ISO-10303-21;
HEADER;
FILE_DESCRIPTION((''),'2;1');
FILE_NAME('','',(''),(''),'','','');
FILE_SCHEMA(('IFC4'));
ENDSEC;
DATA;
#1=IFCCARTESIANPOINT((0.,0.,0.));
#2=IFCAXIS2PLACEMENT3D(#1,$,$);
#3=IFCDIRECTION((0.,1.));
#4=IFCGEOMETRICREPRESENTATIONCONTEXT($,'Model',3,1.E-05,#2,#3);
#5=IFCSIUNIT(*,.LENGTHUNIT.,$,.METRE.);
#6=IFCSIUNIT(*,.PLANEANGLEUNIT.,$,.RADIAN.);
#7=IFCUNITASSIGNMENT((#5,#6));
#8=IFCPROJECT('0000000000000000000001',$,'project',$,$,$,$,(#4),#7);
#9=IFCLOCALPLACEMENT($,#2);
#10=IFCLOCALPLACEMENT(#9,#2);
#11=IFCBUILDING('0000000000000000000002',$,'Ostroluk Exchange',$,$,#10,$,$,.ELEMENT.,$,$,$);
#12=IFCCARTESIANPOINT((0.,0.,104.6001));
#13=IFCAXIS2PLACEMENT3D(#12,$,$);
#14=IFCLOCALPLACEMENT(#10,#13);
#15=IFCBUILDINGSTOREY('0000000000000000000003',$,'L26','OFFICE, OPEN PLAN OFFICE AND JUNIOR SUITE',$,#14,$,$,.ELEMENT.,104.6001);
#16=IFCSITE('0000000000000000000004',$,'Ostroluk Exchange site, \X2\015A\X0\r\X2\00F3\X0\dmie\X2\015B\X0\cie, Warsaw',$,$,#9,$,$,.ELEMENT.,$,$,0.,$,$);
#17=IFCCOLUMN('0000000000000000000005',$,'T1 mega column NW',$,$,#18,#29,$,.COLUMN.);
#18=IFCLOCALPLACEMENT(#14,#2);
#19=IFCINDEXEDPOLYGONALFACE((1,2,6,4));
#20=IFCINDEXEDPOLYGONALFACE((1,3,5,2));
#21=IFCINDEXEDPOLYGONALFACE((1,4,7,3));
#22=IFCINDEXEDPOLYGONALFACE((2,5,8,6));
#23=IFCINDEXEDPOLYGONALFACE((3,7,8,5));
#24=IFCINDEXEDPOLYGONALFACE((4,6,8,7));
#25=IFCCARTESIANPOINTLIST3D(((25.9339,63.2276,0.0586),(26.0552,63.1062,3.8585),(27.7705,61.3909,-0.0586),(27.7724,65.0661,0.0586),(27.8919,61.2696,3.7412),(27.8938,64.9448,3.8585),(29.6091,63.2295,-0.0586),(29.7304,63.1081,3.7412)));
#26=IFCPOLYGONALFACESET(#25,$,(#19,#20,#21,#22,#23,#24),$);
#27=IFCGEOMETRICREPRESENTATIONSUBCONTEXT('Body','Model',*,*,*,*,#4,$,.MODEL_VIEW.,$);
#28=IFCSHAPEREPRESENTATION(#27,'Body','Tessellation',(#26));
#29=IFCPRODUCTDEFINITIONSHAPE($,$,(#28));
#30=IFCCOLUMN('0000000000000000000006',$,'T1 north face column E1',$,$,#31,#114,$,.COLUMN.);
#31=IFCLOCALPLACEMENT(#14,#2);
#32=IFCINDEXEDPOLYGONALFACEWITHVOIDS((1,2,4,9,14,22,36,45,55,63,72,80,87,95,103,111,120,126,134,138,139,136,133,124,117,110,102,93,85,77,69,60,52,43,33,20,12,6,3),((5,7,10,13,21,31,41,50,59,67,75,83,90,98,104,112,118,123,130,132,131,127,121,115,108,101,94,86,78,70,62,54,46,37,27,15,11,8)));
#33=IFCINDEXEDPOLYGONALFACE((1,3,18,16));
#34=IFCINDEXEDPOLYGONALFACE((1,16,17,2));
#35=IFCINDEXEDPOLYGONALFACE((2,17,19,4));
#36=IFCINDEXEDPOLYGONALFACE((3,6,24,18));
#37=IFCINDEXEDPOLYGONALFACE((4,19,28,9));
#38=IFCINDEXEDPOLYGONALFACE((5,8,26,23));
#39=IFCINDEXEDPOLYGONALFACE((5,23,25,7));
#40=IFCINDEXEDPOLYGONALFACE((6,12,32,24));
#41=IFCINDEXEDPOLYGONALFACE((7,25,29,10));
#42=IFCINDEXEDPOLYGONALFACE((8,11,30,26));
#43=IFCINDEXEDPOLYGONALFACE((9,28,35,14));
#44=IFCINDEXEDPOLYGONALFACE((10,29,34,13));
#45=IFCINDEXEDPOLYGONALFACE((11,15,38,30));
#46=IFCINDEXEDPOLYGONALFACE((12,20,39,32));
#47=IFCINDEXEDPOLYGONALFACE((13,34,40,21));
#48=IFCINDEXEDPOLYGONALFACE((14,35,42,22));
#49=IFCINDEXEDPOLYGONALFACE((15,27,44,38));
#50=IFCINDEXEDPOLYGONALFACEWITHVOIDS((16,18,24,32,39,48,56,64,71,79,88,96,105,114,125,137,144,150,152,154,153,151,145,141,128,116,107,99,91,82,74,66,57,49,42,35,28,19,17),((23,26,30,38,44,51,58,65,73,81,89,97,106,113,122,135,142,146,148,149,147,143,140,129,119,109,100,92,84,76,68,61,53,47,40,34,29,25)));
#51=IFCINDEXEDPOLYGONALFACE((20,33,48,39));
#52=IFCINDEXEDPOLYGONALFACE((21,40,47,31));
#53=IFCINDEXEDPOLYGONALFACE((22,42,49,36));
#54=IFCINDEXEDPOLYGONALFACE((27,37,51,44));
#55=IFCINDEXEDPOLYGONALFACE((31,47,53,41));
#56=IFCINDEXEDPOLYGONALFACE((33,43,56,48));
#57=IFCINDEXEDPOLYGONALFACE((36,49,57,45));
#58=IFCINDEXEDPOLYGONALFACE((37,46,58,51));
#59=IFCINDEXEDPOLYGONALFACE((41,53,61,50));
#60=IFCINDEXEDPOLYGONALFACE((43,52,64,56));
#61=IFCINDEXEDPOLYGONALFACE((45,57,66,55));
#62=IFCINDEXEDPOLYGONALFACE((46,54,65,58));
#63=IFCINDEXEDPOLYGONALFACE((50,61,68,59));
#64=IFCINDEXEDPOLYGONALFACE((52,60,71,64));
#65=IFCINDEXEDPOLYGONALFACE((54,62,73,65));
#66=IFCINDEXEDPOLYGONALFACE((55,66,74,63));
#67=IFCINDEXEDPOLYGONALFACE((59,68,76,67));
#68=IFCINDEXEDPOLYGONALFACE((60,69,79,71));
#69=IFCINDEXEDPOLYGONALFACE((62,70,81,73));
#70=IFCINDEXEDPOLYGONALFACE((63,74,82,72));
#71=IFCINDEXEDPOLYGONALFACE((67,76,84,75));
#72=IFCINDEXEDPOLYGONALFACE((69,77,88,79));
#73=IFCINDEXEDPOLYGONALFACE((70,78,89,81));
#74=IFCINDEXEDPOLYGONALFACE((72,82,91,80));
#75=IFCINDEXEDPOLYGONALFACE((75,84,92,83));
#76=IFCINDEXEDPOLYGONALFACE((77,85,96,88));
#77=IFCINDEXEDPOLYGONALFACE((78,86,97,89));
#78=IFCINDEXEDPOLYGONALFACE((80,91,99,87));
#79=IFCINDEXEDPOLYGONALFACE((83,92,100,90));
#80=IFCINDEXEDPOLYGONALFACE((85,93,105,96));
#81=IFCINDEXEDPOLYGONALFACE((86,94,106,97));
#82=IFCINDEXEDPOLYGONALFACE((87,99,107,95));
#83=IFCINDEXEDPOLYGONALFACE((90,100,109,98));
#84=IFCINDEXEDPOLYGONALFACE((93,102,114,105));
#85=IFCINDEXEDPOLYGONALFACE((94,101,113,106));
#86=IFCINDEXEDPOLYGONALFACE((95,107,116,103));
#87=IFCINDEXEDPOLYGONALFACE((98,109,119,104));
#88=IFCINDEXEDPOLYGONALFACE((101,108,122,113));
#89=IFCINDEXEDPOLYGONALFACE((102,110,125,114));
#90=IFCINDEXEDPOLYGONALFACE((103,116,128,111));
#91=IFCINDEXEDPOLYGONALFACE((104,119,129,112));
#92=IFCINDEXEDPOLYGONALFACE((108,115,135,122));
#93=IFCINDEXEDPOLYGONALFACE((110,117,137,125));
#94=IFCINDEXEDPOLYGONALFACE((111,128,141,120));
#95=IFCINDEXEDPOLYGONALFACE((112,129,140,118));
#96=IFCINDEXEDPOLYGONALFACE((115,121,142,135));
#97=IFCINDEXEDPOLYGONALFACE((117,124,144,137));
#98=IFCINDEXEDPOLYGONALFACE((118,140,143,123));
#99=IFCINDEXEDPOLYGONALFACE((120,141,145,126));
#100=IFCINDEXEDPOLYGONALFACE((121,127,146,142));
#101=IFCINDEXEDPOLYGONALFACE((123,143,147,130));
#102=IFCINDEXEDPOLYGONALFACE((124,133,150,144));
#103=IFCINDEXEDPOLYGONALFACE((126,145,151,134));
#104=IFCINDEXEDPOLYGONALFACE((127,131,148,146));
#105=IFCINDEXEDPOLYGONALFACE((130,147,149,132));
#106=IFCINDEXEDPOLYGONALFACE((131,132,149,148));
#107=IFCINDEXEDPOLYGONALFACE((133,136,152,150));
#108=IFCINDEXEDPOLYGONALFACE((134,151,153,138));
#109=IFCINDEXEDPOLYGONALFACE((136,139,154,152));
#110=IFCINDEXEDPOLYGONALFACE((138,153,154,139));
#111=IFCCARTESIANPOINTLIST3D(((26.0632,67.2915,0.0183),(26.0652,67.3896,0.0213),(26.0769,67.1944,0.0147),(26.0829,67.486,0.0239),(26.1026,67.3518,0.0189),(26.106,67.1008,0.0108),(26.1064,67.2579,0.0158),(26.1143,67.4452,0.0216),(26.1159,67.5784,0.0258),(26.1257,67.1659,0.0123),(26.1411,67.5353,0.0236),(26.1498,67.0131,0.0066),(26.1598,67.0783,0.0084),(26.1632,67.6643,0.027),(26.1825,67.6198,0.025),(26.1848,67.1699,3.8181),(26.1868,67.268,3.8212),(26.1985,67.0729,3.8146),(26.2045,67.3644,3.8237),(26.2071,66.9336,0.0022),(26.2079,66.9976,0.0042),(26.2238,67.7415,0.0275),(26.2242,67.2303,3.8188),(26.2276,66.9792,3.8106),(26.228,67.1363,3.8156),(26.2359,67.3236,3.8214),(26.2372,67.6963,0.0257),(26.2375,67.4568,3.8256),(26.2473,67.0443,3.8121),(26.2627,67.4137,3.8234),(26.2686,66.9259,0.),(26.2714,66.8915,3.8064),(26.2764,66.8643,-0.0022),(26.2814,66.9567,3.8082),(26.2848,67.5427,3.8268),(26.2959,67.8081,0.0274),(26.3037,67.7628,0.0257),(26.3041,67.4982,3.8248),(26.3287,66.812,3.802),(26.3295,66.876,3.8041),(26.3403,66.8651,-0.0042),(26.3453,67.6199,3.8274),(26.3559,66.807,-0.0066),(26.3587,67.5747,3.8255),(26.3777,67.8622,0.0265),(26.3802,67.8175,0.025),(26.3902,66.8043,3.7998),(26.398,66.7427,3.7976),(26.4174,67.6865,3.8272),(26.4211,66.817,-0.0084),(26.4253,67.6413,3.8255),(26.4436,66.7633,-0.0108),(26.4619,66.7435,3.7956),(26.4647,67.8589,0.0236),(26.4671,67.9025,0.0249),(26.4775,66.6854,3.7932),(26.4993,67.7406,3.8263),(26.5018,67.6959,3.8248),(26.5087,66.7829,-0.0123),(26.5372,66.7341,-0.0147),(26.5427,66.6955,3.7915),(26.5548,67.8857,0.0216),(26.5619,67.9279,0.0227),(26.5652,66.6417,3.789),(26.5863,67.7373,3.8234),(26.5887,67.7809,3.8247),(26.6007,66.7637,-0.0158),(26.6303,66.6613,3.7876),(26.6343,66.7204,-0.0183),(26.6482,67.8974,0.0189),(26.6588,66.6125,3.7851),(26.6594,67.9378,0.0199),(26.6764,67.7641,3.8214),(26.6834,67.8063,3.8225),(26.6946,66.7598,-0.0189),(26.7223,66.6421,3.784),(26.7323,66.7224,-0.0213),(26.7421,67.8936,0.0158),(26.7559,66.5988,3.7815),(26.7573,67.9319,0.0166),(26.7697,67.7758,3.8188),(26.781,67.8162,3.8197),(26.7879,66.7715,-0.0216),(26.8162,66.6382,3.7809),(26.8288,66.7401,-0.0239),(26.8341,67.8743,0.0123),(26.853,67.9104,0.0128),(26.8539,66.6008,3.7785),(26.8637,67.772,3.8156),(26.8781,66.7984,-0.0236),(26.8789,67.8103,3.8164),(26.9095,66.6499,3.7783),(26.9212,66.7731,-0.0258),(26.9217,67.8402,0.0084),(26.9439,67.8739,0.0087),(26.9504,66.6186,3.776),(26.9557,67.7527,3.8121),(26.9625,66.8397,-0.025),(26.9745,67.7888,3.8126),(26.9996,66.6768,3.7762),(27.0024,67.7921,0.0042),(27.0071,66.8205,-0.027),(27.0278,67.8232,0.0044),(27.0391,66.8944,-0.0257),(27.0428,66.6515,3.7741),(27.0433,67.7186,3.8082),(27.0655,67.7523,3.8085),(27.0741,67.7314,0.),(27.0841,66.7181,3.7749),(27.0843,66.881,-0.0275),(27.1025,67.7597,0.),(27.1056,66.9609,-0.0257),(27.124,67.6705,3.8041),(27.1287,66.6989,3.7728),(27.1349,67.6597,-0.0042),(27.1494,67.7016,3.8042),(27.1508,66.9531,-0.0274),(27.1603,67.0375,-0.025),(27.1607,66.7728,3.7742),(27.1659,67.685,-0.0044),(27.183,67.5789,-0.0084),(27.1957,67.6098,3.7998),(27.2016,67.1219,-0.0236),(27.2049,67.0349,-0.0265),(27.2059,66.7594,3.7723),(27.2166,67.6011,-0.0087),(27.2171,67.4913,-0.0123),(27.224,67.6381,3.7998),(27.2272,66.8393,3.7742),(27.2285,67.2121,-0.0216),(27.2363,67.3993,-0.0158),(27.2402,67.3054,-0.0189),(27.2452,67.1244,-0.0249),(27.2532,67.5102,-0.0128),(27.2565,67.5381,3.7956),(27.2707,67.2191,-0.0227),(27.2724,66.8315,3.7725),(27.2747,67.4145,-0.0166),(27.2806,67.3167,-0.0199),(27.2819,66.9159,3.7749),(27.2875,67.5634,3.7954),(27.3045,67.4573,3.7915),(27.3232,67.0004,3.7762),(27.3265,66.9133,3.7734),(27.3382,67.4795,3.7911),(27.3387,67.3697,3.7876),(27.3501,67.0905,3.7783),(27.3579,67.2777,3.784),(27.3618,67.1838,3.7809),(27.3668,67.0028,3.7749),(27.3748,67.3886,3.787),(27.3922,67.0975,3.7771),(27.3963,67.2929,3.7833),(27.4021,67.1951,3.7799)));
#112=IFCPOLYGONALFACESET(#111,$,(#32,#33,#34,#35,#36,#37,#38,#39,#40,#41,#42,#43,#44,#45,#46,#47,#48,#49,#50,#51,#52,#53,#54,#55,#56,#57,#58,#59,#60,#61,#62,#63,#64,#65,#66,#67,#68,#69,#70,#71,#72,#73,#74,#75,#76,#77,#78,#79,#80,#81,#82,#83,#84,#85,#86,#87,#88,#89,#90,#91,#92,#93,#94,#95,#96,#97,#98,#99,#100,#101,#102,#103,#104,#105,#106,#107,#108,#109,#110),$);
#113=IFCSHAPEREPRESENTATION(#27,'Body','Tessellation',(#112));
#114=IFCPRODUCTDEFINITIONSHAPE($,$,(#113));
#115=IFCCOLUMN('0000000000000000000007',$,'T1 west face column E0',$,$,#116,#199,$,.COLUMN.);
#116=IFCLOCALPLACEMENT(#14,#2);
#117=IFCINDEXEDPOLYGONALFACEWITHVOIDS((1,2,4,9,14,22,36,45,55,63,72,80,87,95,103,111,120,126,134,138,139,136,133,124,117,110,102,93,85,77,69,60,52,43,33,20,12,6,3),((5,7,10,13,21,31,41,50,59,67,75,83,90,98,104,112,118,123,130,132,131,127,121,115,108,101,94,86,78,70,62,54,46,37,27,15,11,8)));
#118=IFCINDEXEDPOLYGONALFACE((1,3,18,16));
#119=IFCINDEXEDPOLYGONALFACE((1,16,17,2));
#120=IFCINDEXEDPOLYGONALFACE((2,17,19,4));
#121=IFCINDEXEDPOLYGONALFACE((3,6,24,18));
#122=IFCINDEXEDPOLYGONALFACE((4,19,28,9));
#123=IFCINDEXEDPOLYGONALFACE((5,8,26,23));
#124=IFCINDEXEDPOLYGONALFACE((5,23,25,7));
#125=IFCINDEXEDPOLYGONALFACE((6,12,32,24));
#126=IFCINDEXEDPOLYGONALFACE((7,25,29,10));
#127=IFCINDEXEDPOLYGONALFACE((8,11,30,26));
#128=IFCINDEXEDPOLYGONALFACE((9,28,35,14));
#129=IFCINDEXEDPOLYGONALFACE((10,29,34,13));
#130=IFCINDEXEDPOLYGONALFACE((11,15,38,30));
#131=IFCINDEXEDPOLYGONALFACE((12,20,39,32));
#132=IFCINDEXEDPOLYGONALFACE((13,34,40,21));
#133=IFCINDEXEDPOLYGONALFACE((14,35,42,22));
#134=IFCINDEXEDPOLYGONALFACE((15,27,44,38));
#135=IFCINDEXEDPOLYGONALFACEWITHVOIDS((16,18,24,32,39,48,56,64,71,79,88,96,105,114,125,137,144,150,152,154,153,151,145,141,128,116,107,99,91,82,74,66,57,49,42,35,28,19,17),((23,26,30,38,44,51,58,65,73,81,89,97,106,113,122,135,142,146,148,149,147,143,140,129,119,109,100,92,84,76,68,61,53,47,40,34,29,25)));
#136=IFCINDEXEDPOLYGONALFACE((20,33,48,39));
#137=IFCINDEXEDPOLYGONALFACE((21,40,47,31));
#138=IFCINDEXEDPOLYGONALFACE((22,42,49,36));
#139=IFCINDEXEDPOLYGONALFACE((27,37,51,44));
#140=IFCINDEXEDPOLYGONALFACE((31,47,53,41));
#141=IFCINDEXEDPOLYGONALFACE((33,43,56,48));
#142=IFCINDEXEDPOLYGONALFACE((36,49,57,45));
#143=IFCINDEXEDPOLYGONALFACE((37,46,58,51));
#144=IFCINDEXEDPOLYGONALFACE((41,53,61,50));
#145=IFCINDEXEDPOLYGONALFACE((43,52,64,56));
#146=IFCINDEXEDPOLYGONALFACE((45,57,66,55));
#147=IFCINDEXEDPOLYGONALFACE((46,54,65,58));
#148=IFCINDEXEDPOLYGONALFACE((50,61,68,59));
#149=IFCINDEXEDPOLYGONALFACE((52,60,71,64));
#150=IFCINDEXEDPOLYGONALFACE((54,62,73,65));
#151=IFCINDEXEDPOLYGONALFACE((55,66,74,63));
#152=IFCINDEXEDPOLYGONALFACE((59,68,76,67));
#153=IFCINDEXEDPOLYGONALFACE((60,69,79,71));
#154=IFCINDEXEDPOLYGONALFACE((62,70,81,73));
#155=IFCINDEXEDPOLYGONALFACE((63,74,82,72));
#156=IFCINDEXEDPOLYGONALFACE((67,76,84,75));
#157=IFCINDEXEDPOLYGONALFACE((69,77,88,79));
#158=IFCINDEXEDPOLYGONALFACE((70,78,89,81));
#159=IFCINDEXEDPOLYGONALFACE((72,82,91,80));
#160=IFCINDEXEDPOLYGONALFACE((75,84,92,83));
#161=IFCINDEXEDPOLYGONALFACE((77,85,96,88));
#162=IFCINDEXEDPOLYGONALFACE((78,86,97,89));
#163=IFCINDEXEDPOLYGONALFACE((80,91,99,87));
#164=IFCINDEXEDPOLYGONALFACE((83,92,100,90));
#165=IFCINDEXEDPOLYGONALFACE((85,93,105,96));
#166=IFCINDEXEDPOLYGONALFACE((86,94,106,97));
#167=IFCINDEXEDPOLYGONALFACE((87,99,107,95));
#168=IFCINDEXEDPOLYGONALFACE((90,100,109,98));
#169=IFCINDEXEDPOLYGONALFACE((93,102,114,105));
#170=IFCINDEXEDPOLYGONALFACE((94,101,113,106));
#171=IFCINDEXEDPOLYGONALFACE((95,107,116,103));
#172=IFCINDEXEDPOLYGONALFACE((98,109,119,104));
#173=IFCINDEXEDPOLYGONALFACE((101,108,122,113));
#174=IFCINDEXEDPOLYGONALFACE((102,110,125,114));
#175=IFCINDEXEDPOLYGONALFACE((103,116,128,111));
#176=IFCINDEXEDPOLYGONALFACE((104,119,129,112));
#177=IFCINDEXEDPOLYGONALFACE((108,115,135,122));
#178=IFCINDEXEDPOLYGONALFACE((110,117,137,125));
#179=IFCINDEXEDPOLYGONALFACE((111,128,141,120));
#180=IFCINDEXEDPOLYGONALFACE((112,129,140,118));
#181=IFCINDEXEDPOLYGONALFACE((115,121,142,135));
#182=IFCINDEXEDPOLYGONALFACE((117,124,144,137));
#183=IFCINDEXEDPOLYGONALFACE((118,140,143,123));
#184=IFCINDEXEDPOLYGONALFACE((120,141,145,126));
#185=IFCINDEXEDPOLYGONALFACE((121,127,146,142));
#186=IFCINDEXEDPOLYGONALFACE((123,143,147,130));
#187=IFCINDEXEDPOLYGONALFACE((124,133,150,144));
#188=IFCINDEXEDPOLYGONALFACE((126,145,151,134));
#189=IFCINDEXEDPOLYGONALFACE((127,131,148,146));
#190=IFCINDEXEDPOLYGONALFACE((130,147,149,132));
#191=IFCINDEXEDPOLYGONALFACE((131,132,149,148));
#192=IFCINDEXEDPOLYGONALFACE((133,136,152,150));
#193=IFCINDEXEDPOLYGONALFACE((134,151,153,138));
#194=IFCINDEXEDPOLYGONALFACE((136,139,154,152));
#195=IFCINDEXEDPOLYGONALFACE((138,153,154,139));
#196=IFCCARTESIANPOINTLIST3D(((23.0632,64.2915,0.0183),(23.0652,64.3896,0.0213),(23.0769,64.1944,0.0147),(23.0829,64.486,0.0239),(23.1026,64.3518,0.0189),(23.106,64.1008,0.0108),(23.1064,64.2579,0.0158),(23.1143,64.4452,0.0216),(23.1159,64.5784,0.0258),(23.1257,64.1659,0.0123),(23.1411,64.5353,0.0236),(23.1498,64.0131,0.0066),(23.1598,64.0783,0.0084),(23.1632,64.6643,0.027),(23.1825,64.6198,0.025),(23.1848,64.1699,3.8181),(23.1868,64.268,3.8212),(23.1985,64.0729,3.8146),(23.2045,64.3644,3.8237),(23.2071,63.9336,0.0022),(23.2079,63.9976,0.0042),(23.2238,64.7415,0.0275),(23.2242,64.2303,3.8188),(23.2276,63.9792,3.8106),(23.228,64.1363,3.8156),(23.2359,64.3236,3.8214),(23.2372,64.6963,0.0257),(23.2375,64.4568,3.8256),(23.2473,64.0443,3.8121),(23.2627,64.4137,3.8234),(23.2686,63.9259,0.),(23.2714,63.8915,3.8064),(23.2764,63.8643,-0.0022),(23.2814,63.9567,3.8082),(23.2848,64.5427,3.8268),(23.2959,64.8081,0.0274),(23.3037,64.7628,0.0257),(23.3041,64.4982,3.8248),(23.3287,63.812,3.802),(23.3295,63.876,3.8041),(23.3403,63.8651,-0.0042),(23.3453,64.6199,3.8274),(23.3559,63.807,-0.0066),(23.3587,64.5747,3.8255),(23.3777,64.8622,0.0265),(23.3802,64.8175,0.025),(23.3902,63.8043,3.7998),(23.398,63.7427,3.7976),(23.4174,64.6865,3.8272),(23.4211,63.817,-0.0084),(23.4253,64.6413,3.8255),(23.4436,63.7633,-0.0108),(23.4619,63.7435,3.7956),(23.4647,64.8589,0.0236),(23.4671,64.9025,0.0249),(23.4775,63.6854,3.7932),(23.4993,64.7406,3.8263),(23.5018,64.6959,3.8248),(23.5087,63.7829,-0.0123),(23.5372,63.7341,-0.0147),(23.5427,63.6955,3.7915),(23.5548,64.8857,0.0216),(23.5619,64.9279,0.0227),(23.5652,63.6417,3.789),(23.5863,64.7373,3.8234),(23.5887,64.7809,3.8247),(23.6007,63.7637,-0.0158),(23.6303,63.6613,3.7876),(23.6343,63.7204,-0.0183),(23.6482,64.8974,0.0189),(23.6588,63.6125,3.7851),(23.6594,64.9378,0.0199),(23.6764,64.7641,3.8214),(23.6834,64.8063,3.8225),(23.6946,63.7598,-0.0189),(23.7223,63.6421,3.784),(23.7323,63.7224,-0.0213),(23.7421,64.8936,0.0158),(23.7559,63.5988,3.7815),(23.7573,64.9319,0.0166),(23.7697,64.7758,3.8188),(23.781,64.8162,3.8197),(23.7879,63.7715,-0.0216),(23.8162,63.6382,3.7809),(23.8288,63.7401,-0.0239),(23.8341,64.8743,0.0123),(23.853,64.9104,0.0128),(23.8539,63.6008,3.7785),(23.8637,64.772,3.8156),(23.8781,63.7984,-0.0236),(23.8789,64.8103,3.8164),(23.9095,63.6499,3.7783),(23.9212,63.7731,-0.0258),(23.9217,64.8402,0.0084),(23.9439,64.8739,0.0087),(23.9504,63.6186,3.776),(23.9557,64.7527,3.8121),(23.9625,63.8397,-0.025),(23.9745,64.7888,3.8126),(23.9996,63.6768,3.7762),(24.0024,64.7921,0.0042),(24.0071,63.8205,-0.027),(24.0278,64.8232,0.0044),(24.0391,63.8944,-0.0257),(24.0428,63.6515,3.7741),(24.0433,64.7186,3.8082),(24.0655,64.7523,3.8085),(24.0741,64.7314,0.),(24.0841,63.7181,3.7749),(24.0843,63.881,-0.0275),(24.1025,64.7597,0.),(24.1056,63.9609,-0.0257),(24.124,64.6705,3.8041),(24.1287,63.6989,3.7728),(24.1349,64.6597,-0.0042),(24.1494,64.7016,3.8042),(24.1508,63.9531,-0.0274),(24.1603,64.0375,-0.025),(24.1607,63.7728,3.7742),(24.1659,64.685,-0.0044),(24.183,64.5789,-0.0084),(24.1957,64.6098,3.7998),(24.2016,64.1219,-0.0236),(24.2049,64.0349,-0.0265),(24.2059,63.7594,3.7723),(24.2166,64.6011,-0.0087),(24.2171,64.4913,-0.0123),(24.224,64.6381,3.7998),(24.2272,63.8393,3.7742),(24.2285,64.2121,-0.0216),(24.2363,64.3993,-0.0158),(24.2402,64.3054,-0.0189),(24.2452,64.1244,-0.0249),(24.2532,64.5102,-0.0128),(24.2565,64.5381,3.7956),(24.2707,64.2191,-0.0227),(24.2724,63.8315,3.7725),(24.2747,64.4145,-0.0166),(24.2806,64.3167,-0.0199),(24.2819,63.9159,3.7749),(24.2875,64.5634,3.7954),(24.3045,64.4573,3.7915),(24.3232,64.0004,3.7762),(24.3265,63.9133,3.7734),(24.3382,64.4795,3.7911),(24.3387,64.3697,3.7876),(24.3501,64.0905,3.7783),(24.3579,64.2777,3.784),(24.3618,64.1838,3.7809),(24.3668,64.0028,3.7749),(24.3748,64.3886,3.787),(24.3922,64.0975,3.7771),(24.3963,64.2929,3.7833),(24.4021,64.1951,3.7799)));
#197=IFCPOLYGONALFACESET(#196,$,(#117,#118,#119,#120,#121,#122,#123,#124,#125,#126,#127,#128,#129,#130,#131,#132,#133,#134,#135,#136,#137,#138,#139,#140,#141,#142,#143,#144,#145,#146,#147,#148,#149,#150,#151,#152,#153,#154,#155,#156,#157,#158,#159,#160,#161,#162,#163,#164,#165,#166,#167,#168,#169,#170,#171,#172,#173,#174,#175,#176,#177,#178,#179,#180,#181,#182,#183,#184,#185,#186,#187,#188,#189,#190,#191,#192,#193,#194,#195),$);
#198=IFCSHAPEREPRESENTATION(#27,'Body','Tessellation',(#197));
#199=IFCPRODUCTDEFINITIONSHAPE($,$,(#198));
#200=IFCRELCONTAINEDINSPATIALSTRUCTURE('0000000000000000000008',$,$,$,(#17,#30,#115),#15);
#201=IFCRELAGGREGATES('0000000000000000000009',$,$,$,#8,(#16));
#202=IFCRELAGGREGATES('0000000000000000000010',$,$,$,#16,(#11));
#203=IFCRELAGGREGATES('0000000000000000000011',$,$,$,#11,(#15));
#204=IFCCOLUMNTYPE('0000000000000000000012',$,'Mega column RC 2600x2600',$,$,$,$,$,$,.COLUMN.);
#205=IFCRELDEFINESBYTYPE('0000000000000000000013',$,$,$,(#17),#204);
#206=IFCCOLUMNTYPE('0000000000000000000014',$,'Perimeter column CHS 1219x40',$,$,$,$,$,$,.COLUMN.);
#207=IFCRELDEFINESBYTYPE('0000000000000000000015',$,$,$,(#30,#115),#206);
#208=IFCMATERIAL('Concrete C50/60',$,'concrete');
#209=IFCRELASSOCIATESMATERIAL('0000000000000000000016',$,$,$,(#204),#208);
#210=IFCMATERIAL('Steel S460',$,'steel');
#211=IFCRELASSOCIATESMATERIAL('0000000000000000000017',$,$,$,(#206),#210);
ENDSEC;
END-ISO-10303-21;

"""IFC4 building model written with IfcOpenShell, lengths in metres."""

from ifc_helpers import new_model, si_unit, direction, frame, origin, origin_2d, place, context, subcontext, project, spatial, rectangle, hollow_circle, extrude, material, material_profile, profile_set, type_object, element, save


model = new_model("IFC4")

# Units and contexts
model_context = context("Model", 3, precision=1e-05, world=origin(), true_north=direction((0.0, 1.0)))
body_context = subcontext(model_context, "Body", "Model", "MODEL_VIEW")
ifc_project = project(units=[si_unit("LENGTHUNIT", "METRE"), si_unit("PLANEANGLEUNIT", "RADIAN")], contexts=[model_context])

# Site, building, storey
site_placement = place(None, origin())
site = spatial("IfcSite", under=ifc_project, at=site_placement, Name="Ostroluk Exchange site, Śródmieście, Warsaw", CompositionType="ELEMENT", RefElevation=0.0)
building_placement = place(site_placement, origin())
building = spatial("IfcBuilding", under=site, at=building_placement, Name="Ostroluk Exchange", CompositionType="ELEMENT")
storey_placement = place(building_placement, frame((0.0, 0.0, 104.6001)))
storey = spatial("IfcBuildingStorey", under=building, at=storey_placement, Name="L26", Description="OFFICE, OPEN PLAN OFFICE AND JUNIOR SUITE", CompositionType="ELEMENT", Elevation=104.6001)

# Columns
ifc_material_1 = material(Name="Concrete C50/60", Category="concrete")
ifc_material_profile_1 = material_profile(ifc_material_1, rectangle(XDim=2.6001, YDim=2.6001, at=origin_2d()), Name="RC 2600x2600")
ifc_profile_set_1 = profile_set([ifc_material_profile_1], Name="Concrete C50/60")
column_type_1 = type_object("IfcColumnType", Name="Mega column RC 2600x2600", PredefinedType="COLUMN", material=ifc_profile_set_1)
column_placement = place(storey_placement, frame((27.7715, 63.2285, 0.0), z_axis=(0.0319, -0.0319, 0.998982), x_axis=(0.707107, 0.707107, 0.0)))
element("IfcColumn", 1, at=column_placement, inside=storey, type_object=column_type_1, Name="T1 mega column NW", PredefinedType="COLUMN", context=body_context, shape_type="SweptSolid", body=[
    extrude(rectangle(XDim=2.6001, YDim=2.6001, at=origin_2d()), origin(), (0.0, 0.0, 1.0), 3.8037),
])
ifc_material_2 = material(Name="Steel S460", Category="steel")
ifc_material_profile_2 = material_profile(ifc_material_2, hollow_circle(Radius=0.6096, WallThickness=0.04, at=origin_2d()), Name="CHS 1219x40")
ifc_profile_set_2 = profile_set([ifc_material_profile_2], Name="Steel S460")
column_type_2 = type_object("IfcColumnType", Name="Perimeter column CHS 1219x40", PredefinedType="COLUMN", material=ifc_profile_set_2)
for number, where, z_axis, x_axis, name in (
    (2, (26.6714, 67.3286, 0.0), (0.031964, -0.031964, 0.998978), (0.707107, 0.707107, 0.0), "T1 north face column E1"),
    (3, (23.6714, 64.3286, 0.0), (0.031964, -0.031964, 0.998978), (0.707107, 0.707107, 0.0), "T1 west face column E0"),
):
    element("IfcColumn", number, at=place(storey_placement, frame(where, z_axis=z_axis, x_axis=x_axis)), inside=storey, type_object=column_type_2, Name=name, PredefinedType="COLUMN", context=body_context, shape_type="SweptSolid", body=[
        extrude(hollow_circle(Radius=0.6096, WallThickness=0.04, at=origin_2d()), origin(), (0.0, 0.0, 1.0), 3.8037),
    ])

save(model, "model.ifc")
